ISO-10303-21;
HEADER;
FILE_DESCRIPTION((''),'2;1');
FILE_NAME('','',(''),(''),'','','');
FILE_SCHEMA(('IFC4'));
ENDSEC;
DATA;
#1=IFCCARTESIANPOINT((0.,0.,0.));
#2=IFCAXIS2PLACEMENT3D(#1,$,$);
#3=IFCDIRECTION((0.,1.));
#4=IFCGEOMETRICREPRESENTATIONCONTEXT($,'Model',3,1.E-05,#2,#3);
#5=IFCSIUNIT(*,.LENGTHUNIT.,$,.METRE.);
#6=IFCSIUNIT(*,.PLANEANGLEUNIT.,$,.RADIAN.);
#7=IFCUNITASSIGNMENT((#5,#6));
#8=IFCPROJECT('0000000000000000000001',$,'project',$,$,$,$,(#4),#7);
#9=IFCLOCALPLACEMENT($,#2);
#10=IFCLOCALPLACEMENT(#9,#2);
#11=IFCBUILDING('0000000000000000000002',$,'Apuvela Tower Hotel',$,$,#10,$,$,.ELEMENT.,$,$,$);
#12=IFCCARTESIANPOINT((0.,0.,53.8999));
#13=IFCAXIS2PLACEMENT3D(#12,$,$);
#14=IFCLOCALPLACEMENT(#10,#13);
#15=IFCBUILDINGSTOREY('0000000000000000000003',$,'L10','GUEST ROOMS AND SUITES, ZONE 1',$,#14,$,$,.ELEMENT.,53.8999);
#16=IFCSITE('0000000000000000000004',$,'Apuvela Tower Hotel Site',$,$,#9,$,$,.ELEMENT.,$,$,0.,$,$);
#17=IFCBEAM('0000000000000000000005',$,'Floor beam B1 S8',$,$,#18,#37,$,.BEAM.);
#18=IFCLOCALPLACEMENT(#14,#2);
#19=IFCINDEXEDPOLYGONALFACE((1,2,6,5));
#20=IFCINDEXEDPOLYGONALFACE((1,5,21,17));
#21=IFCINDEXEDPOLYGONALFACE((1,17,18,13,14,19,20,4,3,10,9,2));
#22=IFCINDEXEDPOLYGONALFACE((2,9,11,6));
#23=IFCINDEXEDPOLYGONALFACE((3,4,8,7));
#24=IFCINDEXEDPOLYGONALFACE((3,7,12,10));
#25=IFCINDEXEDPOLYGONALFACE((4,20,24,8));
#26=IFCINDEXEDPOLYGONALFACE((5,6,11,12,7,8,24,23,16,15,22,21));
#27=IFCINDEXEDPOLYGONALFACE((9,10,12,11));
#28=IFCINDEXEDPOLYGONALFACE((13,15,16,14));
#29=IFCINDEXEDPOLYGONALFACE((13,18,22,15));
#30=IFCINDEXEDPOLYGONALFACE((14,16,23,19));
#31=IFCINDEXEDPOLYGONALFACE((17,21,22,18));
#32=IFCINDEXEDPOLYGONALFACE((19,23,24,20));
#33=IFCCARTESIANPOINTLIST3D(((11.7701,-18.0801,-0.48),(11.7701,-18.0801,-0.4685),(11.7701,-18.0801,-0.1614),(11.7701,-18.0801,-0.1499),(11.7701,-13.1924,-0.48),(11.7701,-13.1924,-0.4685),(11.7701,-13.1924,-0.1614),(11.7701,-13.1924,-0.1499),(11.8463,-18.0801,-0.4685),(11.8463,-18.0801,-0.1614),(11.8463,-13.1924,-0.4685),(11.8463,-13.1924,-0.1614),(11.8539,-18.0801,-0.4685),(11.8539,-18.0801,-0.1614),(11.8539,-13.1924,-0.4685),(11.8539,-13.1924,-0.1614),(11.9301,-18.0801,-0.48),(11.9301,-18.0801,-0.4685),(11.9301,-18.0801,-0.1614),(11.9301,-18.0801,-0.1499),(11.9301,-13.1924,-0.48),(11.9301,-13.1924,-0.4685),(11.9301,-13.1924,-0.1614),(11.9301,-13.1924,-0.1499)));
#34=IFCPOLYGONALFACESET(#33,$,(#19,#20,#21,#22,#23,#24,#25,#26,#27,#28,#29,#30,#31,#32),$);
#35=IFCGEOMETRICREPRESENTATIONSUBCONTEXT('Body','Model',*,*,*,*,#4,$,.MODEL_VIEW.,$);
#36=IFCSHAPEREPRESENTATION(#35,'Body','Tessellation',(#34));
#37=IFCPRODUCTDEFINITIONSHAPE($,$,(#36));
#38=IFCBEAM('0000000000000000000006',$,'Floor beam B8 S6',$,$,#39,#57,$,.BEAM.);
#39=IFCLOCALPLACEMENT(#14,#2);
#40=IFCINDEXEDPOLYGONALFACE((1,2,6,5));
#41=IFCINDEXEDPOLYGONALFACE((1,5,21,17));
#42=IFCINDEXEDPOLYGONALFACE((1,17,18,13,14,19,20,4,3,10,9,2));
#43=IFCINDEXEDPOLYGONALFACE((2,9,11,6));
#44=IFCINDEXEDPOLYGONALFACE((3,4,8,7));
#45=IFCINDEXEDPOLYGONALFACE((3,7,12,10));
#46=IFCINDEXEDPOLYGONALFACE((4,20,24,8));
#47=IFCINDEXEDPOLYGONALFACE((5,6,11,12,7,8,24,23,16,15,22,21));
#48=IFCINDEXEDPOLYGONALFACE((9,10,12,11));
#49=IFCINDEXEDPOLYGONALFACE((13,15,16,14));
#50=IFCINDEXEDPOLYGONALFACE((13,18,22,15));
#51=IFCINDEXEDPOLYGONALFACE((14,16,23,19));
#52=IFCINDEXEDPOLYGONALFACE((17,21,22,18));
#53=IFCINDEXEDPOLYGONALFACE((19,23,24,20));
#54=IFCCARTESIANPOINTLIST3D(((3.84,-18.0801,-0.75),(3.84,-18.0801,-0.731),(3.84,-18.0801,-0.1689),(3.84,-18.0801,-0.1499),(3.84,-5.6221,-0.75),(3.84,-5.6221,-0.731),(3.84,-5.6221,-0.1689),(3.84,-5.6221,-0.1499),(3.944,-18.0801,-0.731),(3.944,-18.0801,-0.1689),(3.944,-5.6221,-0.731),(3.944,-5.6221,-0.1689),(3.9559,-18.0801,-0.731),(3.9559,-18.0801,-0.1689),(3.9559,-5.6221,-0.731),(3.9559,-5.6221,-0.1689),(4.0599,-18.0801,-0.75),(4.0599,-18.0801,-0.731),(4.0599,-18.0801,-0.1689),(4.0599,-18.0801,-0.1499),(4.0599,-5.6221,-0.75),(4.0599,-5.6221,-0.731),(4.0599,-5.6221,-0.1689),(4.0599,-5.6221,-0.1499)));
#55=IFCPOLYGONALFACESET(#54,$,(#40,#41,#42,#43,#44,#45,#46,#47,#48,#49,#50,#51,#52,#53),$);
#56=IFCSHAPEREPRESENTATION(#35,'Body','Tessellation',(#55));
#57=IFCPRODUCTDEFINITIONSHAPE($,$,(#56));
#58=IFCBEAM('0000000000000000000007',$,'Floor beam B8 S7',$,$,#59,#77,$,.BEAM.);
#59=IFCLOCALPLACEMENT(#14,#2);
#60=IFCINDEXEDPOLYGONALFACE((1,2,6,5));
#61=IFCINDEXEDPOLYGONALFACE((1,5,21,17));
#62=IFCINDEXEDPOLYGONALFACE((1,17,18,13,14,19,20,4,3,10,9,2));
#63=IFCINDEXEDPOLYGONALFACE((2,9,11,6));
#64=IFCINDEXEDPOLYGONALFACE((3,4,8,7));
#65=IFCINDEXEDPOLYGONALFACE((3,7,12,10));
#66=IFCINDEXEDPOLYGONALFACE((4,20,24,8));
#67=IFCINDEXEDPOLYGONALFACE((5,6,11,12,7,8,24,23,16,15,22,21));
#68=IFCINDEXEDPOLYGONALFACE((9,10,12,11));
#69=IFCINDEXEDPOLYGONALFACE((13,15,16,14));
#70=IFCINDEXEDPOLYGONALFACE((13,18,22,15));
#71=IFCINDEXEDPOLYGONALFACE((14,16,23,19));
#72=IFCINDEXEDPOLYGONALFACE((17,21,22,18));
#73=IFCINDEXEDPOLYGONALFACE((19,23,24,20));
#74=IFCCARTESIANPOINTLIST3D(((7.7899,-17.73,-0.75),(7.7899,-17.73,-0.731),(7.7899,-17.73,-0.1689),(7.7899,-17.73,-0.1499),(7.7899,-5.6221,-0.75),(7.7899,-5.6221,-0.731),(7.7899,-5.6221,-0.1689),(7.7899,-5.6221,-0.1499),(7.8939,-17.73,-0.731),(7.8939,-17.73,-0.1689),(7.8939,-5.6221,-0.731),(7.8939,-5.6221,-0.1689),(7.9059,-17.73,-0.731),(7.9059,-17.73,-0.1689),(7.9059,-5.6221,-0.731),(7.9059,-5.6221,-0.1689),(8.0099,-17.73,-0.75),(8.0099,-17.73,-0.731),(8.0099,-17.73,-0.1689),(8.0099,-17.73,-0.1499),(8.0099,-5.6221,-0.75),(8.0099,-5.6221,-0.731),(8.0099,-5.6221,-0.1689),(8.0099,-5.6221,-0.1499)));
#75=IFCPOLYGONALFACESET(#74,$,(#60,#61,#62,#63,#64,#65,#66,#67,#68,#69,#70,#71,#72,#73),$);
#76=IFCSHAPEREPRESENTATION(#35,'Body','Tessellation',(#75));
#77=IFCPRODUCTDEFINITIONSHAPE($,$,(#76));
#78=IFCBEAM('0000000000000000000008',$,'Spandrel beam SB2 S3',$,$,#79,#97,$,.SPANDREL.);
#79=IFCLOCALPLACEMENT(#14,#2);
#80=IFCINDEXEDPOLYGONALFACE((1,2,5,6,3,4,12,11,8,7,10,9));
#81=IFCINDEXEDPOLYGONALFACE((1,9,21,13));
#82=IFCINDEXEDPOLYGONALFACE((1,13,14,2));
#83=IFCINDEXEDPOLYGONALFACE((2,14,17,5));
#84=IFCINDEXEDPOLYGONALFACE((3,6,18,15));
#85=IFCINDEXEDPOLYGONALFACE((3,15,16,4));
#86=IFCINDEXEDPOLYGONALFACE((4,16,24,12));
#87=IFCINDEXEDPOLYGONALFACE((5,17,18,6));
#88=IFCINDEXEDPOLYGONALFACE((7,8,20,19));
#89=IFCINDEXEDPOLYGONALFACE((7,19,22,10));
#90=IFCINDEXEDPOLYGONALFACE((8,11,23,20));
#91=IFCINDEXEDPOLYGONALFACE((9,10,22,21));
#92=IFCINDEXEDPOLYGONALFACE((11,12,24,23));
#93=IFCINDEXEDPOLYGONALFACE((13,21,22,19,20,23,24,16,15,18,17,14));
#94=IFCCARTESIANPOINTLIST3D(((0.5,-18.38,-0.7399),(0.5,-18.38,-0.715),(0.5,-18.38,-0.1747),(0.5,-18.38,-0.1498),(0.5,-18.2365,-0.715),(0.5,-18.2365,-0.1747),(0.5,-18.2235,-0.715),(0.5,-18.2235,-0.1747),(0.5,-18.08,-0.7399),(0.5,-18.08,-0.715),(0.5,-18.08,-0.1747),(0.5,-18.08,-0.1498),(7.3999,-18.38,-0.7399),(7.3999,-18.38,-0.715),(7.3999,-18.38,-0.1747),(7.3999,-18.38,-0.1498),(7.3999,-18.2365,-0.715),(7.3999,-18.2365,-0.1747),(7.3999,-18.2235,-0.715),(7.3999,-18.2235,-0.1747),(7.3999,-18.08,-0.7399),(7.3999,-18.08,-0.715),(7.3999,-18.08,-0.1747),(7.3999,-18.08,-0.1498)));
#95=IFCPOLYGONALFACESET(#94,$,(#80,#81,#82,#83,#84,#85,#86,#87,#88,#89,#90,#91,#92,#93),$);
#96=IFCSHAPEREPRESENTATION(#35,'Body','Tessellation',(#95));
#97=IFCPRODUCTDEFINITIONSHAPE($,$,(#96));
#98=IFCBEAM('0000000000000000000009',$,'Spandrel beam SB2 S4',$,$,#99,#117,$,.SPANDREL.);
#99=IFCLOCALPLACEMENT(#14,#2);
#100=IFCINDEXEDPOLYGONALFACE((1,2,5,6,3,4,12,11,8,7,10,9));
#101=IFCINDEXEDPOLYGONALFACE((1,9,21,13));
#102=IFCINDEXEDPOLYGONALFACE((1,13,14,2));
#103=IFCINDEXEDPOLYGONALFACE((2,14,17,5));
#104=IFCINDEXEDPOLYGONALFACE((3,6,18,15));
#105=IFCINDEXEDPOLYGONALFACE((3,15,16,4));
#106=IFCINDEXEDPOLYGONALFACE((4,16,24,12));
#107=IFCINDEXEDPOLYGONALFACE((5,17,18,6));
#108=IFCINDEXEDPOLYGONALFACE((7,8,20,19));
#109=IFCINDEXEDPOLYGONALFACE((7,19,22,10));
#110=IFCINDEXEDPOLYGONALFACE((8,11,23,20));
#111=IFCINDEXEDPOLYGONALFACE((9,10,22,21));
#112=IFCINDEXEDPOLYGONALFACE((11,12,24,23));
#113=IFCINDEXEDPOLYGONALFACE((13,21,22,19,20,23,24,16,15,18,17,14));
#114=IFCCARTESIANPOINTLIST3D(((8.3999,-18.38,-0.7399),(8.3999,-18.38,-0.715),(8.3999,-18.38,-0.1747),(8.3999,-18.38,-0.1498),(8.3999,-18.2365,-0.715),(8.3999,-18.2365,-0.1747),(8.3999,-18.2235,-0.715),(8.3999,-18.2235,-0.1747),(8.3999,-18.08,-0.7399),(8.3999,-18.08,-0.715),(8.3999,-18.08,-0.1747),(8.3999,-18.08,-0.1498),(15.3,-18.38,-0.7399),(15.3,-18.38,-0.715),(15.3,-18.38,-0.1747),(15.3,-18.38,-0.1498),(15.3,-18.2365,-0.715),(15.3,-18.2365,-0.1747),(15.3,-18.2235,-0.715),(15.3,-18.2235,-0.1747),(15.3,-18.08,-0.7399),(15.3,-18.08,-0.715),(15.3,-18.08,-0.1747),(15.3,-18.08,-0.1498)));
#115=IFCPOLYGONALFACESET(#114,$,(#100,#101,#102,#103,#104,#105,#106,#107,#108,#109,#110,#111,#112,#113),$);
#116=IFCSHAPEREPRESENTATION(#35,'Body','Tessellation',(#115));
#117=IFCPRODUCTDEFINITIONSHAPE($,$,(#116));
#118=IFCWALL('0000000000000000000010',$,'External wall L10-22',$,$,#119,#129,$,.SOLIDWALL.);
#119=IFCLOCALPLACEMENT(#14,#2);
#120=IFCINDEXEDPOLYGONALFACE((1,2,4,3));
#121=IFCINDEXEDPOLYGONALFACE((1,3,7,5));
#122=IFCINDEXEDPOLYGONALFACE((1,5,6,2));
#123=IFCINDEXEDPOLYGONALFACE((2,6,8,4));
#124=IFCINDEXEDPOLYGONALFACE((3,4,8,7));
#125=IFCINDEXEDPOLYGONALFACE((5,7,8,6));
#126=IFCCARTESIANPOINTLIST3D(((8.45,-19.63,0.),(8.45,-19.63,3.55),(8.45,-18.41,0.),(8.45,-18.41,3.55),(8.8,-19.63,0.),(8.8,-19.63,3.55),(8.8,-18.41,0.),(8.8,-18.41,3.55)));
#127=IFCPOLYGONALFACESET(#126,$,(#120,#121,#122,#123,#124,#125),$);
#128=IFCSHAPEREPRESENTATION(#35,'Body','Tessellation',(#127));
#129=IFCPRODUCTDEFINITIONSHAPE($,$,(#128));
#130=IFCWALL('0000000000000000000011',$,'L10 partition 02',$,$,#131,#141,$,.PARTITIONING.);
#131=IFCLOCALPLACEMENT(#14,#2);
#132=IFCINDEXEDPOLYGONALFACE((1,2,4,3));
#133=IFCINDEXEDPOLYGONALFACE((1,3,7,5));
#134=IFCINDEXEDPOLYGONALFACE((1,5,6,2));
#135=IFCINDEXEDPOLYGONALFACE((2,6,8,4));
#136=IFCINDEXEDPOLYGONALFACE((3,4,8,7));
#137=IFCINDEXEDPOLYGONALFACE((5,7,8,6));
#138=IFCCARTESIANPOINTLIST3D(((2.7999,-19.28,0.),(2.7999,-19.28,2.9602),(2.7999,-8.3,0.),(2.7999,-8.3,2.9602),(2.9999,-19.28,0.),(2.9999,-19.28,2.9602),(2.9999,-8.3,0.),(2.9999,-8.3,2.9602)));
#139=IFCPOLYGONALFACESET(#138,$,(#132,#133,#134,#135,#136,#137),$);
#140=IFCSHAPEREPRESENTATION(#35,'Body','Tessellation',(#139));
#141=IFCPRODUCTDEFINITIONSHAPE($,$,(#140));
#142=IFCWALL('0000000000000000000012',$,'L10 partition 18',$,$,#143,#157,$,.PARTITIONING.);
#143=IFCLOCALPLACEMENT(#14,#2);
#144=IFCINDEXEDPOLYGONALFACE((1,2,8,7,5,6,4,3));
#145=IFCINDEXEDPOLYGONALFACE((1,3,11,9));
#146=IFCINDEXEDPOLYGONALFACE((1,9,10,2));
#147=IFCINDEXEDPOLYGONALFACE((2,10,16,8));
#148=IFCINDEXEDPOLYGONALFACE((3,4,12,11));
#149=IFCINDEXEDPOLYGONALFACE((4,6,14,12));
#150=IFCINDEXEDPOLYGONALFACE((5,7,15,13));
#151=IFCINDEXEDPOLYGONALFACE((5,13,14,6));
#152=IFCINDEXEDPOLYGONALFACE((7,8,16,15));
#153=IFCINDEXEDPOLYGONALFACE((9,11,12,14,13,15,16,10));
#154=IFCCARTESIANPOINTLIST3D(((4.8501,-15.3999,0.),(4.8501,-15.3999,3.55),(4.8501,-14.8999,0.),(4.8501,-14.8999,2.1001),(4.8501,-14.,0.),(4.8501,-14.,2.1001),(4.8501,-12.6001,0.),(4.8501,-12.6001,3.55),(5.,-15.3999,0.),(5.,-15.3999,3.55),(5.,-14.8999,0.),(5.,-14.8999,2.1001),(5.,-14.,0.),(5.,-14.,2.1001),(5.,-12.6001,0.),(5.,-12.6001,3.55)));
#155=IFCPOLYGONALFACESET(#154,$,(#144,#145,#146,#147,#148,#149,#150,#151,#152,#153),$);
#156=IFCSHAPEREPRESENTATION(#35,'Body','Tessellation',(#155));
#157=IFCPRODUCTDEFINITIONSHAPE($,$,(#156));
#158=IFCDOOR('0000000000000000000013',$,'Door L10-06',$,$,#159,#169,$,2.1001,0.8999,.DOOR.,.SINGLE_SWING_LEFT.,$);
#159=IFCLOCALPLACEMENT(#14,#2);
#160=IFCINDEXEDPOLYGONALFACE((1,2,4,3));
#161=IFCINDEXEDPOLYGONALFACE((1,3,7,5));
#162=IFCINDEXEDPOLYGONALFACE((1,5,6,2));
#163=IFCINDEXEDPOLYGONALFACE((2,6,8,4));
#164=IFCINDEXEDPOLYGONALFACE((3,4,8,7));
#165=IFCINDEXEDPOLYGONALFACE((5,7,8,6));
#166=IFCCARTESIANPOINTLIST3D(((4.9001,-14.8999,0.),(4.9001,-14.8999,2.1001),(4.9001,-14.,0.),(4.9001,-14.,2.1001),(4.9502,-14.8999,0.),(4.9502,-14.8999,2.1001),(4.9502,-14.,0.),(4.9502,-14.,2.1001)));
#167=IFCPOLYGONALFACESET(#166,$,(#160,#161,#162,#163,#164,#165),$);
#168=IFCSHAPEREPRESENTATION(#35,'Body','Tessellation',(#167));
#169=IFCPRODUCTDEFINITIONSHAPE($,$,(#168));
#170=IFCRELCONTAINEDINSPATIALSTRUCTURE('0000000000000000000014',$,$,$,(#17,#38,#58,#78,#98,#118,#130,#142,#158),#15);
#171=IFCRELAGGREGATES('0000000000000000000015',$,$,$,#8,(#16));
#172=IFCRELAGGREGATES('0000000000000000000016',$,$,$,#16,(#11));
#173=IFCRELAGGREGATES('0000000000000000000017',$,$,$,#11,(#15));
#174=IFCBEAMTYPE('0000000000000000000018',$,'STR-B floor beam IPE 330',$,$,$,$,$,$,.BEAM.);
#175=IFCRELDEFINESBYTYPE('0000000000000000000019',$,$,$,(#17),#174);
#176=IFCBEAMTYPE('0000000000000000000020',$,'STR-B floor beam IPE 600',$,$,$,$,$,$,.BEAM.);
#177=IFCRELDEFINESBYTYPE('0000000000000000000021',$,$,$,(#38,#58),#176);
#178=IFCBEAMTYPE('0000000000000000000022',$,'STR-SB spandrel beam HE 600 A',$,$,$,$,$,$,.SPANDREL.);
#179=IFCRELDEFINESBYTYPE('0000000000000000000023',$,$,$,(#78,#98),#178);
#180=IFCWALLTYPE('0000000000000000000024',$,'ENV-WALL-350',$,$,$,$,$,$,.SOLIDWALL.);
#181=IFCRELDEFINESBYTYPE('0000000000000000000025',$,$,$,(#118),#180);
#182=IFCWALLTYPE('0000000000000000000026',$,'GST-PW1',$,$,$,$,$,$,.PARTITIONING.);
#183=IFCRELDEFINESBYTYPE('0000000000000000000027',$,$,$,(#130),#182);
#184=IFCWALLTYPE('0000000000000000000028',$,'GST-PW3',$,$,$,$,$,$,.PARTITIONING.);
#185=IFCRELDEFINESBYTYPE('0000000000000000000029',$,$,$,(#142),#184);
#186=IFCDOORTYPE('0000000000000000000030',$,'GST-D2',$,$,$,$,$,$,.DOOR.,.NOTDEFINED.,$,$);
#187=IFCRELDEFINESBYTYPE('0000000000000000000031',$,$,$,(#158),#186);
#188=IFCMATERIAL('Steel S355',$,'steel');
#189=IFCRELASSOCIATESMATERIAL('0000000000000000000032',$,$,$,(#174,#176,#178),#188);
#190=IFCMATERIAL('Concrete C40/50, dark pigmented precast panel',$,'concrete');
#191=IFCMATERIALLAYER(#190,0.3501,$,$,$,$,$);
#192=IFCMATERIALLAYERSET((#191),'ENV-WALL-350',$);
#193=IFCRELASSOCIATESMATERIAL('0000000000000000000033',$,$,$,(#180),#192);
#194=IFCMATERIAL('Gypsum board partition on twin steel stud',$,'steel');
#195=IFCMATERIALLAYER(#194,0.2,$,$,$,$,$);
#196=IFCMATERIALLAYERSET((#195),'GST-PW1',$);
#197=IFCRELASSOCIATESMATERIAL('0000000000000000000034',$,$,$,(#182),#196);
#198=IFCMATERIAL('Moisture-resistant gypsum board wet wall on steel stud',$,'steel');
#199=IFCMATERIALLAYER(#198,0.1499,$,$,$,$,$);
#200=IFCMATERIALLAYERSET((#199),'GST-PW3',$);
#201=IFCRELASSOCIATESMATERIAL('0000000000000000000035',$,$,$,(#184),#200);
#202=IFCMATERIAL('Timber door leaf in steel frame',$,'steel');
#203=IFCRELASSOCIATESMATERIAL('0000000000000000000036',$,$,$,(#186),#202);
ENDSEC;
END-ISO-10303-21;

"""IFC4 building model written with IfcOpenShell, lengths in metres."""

from ifc_helpers import new_model, si_unit, direction, frame, frame_2d, origin, origin_2d, place, context, subcontext, project, spatial, rectangle, i_section, extrude, material, layer, layer_set, material_profile, profile_set, type_object, element, fill, save


model = new_model("IFC4")

# Units and contexts
model_context = context("Model", 3, precision=1e-05, world=origin(), true_north=direction((0.0, 1.0)))
body_context = subcontext(model_context, "Body", "Model", "MODEL_VIEW")
ifc_project = project(units=[si_unit("LENGTHUNIT", "METRE"), si_unit("PLANEANGLEUNIT", "RADIAN")], contexts=[model_context])

# Site, building, storey
site_placement = place(None, origin())
site = spatial("IfcSite", under=ifc_project, at=site_placement, Name="Apuvela Tower Hotel Site", CompositionType="ELEMENT", RefElevation=0.0)
building_placement = place(site_placement, origin())
building = spatial("IfcBuilding", under=site, at=building_placement, Name="Apuvela Tower Hotel", CompositionType="ELEMENT")
storey_placement = place(building_placement, frame((0.0, 0.0, 53.8999)))
storey = spatial("IfcBuildingStorey", under=building, at=storey_placement, Name="L10", Description="GUEST ROOMS AND SUITES, ZONE 1", CompositionType="ELEMENT", Elevation=53.8999)

# Beams
ifc_material_1 = material(Name="Steel S355", Category="steel")
ifc_material_profile_1 = material_profile(ifc_material_1, i_section(OverallWidth=0.1599, OverallDepth=0.3301, WebThickness=0.0076, FlangeThickness=0.0115, at=origin_2d()), Name="IPE 330")
ifc_profile_set_1 = profile_set([ifc_material_profile_1], Name="Steel S355")
beam_type_1 = type_object("IfcBeamType", Name="STR-B floor beam IPE 330", PredefinedType="BEAM", material=ifc_profile_set_1)
beam_1_placement = place(storey_placement, frame((11.8501, -18.0801, -0.3149), z_axis=(0.0, 1.0, 0.0), x_axis=(-1.0, 0.0, 0.0)))
element("IfcBeam", 1, at=beam_1_placement, inside=storey, type_object=beam_type_1, Name="Floor beam B1 S8", PredefinedType="BEAM", context=body_context, shape_type="SweptSolid", body=[
    extrude(i_section(OverallWidth=0.1599, OverallDepth=0.3301, WebThickness=0.0076, FlangeThickness=0.0115, at=origin_2d()), origin(), (0.0, 0.0, 1.0), 4.8877),
])
ifc_material_profile_2 = material_profile(ifc_material_1, i_section(OverallWidth=0.22, OverallDepth=0.6001, WebThickness=0.012, FlangeThickness=0.019, at=origin_2d()), Name="IPE 600")
ifc_profile_set_2 = profile_set([ifc_material_profile_2], Name="Steel S355")
beam_type_2 = type_object("IfcBeamType", Name="STR-B floor beam IPE 600", PredefinedType="BEAM", material=ifc_profile_set_2)
beam_2_placement = place(storey_placement, frame((3.95, -18.0801, -0.45), z_axis=(0.0, 1.0, 0.0), x_axis=(-1.0, 0.0, 0.0)))
element("IfcBeam", 2, at=beam_2_placement, inside=storey, type_object=beam_type_2, Name="Floor beam B8 S6", PredefinedType="BEAM", context=body_context, shape_type="SweptSolid", body=[
    extrude(i_section(OverallWidth=0.22, OverallDepth=0.6001, WebThickness=0.012, FlangeThickness=0.019, at=origin_2d()), origin(), (0.0, 0.0, 1.0), 12.458),
])
beam_3_placement = place(storey_placement, frame((7.8999, -17.73, -0.45), z_axis=(0.0, 1.0, 0.0), x_axis=(-1.0, 0.0, 0.0)))
element("IfcBeam", 3, at=beam_3_placement, inside=storey, type_object=beam_type_2, Name="Floor beam B8 S7", PredefinedType="BEAM", context=body_context, shape_type="SweptSolid", body=[
    extrude(i_section(OverallWidth=0.22, OverallDepth=0.6001, WebThickness=0.012, FlangeThickness=0.019, at=origin_2d()), origin(), (0.0, 0.0, 1.0), 12.1079),
])
ifc_material_profile_3 = material_profile(ifc_material_1, i_section(OverallWidth=0.3, OverallDepth=0.5901, WebThickness=0.0129, FlangeThickness=0.0249, at=origin_2d()), Name="HE 600 A")
ifc_profile_set_3 = profile_set([ifc_material_profile_3], Name="Steel S355")
beam_type_3 = type_object("IfcBeamType", Name="STR-SB spandrel beam HE 600 A", PredefinedType="SPANDREL", material=ifc_profile_set_3)
beam_4_placement = place(storey_placement, frame((0.5, -18.23, -0.4448), z_axis=(1.0, 0.0, 0.0), x_axis=(0.0, 1.0, 0.0)))
element("IfcBeam", 4, at=beam_4_placement, inside=storey, type_object=beam_type_3, Name="Spandrel beam SB2 S3", PredefinedType="SPANDREL", context=body_context, shape_type="SweptSolid", body=[
    extrude(i_section(OverallWidth=0.3, OverallDepth=0.5901, WebThickness=0.0129, FlangeThickness=0.0249, at=origin_2d()), origin(), (0.0, 0.0, 1.0), 6.8999),
])
beam_5_placement = place(storey_placement, frame((8.3999, -18.23, -0.4448), z_axis=(1.0, 0.0, 0.0), x_axis=(0.0, 1.0, 0.0)))
element("IfcBeam", 5, at=beam_5_placement, inside=storey, type_object=beam_type_3, Name="Spandrel beam SB2 S4", PredefinedType="SPANDREL", context=body_context, shape_type="SweptSolid", body=[
    extrude(i_section(OverallWidth=0.3, OverallDepth=0.5901, WebThickness=0.0129, FlangeThickness=0.0249, at=origin_2d()), origin(), (0.0, 0.0, 1.0), 6.9001),
])

# Wall
ifc_material_2 = material(Name="Concrete C40/50, dark pigmented precast panel", Category="concrete")
ifc_layer_1 = layer(ifc_material_2, 0.3501)
ifc_layer_set_1 = layer_set([ifc_layer_1], Name="ENV-WALL-350")
wall_type_1 = type_object("IfcWallType", Name="ENV-WALL-350", PredefinedType="SOLIDWALL", material=ifc_layer_set_1)
wall_1_placement = place(storey_placement, frame((8.625, -19.6299, 0.0), z_axis=(0.0, 0.0, 1.0), x_axis=(0.0, 1.0, 0.0)))
element("IfcWall", 6, at=wall_1_placement, inside=storey, type_object=wall_type_1, Name="External wall L10-22", PredefinedType="SOLIDWALL", context=body_context, shape_type="SweptSolid", body=[
    extrude(rectangle(XDim=1.22, YDim=0.3501, at=frame_2d((0.6099, 0.0))), origin(), (0.0, 0.0, 1.0), 3.55),
])

# Wall
ifc_material_3 = material(Name="Gypsum board partition on twin steel stud", Category="steel")
ifc_layer_2 = layer(ifc_material_3, 0.2)
ifc_layer_set_2 = layer_set([ifc_layer_2], Name="GST-PW1")
wall_type_2 = type_object("IfcWallType", Name="GST-PW1", PredefinedType="PARTITIONING", material=ifc_layer_set_2)
wall_2_placement = place(storey_placement, frame((2.8999, -19.28, 0.0), z_axis=(0.0, 0.0, 1.0), x_axis=(0.0, 1.0, 0.0)))
element("IfcWall", 7, at=wall_2_placement, inside=storey, type_object=wall_type_2, Name="L10 partition 02", PredefinedType="PARTITIONING", context=body_context, shape_type="SweptSolid", body=[
    extrude(rectangle(XDim=10.98, YDim=0.2, at=frame_2d((5.49, 0.0))), origin(), (0.0, 0.0, 1.0), 2.9602),
])

# Wall, opening, door
ifc_material_4 = material(Name="Moisture-resistant gypsum board wet wall on steel stud", Category="steel")
ifc_layer_3 = layer(ifc_material_4, 0.1499)
ifc_layer_set_3 = layer_set([ifc_layer_3], Name="GST-PW3")
wall_type_3 = type_object("IfcWallType", Name="GST-PW3", PredefinedType="PARTITIONING", material=ifc_layer_set_3)
wall_3_placement = place(storey_placement, frame((4.925, -15.3999, 0.0), z_axis=(0.0, 0.0, 1.0), x_axis=(0.0, 1.0, 0.0)))
wall_3 = element("IfcWall", 8, at=wall_3_placement, inside=storey, type_object=wall_type_3, Name="L10 partition 18", PredefinedType="PARTITIONING", context=body_context, shape_type="SweptSolid", body=[
    extrude(rectangle(XDim=2.7998, YDim=0.1499, at=frame_2d((1.3999, 0.0))), origin(), (0.0, 0.0, 1.0), 3.55),
])
opening_1_placement = place(wall_3_placement, frame((0.5, 0.0, 0.0)))
opening_1 = element("IfcOpeningElement", 9, at=opening_1_placement, cuts=wall_3, PredefinedType="OPENING", context=body_context, shape_type="SweptSolid", body=[
    extrude(rectangle(XDim=0.8999, YDim=2.1001, at=frame_2d((0.45, 1.05))), frame((0.0, 0.085, 0.0), z_axis=(0.0, -1.0, 0.0), x_axis=(1.0, 0.0, 0.0)), (0.0, 0.0, 1.0), 0.1699),
])
ifc_material_5 = material(Name="Timber door leaf in steel frame", Category="steel")
door_type_1 = type_object("IfcDoorType", Name="GST-D2", OperationType="NOTDEFINED", PredefinedType="DOOR", material=ifc_material_5)
door_1_placement = place(opening_1_placement, origin())
door_1 = element("IfcDoor", 10, at=door_1_placement, inside=storey, type_object=door_type_1, Name="Door L10-06", OperationType="SINGLE_SWING_LEFT", OverallHeight=2.1001, OverallWidth=0.8999, PredefinedType="DOOR", context=body_context, shape_type="SweptSolid", body=[
    extrude(rectangle(XDim=0.8999, YDim=2.1001, at=frame_2d((0.45, 1.05))), frame((0.0, 0.0249, 0.0), z_axis=(0.0, -1.0, 0.0), x_axis=(1.0, 0.0, 0.0)), (0.0, 0.0, 1.0), 0.05),
])
fill(opening_1, door_1)

save(model, "model.ifc")
